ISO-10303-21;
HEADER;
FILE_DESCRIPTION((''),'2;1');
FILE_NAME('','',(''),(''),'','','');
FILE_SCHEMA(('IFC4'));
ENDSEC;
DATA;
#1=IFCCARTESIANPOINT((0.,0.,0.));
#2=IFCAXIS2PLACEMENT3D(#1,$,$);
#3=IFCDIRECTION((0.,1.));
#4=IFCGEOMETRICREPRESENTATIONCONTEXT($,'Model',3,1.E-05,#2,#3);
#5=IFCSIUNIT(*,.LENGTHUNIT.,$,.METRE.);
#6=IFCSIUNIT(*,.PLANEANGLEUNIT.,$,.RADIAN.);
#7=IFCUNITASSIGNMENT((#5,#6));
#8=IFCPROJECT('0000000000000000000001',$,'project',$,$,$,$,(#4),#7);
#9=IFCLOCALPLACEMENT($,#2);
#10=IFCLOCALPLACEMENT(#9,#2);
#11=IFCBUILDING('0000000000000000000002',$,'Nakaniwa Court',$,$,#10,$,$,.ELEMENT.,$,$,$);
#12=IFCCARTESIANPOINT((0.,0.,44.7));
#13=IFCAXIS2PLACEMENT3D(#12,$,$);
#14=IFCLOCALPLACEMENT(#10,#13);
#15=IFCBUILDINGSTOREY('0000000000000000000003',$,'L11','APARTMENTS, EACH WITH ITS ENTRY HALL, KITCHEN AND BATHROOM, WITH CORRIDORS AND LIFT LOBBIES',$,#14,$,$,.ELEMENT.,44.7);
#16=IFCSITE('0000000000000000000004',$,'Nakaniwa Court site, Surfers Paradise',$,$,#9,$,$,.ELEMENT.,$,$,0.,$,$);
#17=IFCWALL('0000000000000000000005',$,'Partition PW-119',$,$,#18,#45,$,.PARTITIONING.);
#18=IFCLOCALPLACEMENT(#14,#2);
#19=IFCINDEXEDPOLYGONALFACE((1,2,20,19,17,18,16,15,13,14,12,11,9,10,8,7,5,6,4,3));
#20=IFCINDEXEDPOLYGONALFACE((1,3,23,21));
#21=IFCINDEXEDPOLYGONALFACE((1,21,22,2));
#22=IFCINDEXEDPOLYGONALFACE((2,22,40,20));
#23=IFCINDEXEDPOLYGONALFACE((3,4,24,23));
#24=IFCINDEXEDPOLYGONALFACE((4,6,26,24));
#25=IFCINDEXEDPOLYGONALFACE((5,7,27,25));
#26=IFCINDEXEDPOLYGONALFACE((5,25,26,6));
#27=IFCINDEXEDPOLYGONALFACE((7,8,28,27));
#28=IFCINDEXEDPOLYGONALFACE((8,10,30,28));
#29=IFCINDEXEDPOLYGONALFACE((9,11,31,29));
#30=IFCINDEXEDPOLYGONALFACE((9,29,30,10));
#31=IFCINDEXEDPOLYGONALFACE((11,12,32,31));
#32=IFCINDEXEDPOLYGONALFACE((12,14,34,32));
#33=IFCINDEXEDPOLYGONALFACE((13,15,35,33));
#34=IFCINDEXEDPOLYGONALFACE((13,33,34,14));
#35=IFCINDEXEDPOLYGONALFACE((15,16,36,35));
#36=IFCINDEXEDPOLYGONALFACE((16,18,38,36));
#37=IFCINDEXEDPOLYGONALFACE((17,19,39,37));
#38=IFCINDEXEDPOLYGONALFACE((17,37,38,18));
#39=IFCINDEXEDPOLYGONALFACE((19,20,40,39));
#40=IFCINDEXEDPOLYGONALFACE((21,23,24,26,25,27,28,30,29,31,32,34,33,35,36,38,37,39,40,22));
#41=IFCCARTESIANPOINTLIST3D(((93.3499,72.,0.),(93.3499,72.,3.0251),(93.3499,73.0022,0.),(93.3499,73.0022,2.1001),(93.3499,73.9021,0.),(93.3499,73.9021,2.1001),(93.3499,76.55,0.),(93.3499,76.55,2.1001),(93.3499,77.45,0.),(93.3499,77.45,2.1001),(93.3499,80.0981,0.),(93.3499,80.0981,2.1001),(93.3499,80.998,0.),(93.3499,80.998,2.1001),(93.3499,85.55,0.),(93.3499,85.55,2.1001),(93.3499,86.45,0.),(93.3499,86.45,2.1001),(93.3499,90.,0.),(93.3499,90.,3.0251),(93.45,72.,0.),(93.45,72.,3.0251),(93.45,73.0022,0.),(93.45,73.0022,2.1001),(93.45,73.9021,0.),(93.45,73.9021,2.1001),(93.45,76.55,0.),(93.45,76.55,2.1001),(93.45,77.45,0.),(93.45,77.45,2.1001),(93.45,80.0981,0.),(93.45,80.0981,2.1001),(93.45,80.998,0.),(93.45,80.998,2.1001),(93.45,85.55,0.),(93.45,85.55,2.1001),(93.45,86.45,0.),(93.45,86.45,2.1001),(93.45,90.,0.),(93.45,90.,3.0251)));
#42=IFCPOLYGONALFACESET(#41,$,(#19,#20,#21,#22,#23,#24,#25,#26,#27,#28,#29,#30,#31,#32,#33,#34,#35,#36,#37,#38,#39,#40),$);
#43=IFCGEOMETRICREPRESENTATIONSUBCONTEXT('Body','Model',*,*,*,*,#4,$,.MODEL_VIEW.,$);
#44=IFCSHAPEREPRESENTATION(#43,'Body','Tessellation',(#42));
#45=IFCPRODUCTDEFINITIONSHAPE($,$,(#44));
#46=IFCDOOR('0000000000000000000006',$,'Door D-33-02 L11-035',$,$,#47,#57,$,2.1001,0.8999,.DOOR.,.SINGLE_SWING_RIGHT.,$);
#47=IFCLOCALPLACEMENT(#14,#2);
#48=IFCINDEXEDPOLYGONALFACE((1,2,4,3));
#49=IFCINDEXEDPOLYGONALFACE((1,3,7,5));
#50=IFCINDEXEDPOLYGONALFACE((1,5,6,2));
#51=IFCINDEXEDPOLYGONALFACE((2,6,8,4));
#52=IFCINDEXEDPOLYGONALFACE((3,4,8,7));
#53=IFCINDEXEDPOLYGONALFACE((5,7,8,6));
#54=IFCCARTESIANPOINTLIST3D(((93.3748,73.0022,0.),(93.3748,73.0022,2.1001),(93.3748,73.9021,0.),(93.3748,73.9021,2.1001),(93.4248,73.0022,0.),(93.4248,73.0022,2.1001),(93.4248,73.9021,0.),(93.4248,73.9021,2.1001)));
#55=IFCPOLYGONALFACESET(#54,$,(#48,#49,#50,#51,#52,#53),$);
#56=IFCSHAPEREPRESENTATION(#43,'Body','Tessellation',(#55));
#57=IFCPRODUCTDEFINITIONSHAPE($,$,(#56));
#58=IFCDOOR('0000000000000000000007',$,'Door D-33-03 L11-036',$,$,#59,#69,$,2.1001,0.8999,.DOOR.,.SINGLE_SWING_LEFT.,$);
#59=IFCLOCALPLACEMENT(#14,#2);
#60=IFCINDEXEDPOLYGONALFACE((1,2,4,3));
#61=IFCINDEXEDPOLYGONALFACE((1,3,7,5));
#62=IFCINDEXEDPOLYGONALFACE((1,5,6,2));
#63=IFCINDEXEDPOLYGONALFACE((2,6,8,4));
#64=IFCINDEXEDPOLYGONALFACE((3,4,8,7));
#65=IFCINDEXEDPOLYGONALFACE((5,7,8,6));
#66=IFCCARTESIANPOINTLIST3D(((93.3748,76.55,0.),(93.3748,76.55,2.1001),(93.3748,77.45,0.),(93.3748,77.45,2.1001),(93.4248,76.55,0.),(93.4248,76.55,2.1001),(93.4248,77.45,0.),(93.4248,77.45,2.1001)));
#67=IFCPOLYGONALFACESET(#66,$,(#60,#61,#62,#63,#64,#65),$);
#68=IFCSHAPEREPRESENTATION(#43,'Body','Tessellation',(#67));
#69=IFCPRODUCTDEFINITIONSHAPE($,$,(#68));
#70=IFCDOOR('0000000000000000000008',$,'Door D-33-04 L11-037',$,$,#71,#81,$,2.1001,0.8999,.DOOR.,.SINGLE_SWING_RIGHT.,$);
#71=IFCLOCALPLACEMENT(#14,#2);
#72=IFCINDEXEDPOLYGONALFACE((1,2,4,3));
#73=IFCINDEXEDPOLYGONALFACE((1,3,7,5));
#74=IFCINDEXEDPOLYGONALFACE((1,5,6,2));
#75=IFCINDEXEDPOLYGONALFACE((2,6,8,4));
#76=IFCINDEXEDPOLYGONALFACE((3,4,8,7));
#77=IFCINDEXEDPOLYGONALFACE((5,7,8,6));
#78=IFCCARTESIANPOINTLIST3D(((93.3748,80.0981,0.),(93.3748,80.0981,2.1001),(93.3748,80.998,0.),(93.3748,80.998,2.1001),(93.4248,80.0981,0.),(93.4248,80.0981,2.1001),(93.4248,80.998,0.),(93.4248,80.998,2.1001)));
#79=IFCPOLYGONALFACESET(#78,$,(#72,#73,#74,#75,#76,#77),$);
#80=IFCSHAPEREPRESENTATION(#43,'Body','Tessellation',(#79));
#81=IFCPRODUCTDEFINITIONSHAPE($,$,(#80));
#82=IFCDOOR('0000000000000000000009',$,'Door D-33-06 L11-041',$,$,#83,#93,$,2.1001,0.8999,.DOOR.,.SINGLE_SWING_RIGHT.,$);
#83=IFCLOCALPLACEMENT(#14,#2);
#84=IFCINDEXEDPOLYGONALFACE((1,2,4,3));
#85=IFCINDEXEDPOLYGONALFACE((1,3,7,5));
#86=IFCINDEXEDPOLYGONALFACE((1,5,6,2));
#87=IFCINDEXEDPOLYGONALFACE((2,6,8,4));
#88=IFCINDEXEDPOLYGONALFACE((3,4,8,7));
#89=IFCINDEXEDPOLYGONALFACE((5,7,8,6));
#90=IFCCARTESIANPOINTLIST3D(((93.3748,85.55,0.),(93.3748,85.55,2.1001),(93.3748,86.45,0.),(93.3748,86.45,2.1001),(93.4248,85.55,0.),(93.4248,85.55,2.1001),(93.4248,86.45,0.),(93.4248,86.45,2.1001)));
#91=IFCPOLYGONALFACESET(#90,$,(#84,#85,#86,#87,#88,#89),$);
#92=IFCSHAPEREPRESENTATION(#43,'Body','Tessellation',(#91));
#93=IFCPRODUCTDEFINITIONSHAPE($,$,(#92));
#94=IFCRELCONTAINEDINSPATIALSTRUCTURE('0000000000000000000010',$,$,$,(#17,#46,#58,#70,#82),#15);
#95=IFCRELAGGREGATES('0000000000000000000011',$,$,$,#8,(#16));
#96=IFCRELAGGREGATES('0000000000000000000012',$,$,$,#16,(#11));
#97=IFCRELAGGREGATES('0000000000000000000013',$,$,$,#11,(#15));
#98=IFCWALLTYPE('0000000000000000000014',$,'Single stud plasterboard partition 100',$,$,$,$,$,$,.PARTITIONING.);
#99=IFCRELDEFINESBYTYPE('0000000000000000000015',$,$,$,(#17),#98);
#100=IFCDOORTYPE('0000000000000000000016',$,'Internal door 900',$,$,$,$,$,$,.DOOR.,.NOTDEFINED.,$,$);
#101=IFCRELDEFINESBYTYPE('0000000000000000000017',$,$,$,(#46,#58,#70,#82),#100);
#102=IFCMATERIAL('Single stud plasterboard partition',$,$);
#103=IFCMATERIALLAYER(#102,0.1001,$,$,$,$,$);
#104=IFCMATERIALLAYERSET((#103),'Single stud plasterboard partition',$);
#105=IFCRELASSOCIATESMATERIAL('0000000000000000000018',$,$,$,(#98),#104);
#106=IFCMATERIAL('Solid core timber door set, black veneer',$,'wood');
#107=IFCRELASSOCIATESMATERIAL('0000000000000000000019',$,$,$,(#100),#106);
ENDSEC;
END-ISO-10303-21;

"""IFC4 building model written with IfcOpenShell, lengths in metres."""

from ifc_helpers import new_model, si_unit, direction, frame, frame_2d, origin, place, context, subcontext, project, spatial, rectangle, extrude, material, layer, layer_set, type_object, element, fill, save


model = new_model("IFC4")

# Units and contexts
model_context = context("Model", 3, precision=1e-05, world=origin(), true_north=direction((0.0, 1.0)))
body_context = subcontext(model_context, "Body", "Model", "MODEL_VIEW")
ifc_project = project(units=[si_unit("LENGTHUNIT", "METRE"), si_unit("PLANEANGLEUNIT", "RADIAN")], contexts=[model_context])

# Site, building, storey
site_placement = place(None, origin())
site = spatial("IfcSite", under=ifc_project, at=site_placement, Name="Nakaniwa Court site, Surfers Paradise", CompositionType="ELEMENT", RefElevation=0.0)
building_placement = place(site_placement, origin())
building = spatial("IfcBuilding", under=site, at=building_placement, Name="Nakaniwa Court", CompositionType="ELEMENT")
storey_placement = place(building_placement, frame((0.0, 0.0, 44.7)))
storey = spatial("IfcBuildingStorey", under=building, at=storey_placement, Name="L11", Description="APARTMENTS, EACH WITH ITS ENTRY HALL, KITCHEN AND BATHROOM, WITH CORRIDORS AND LIFT LOBBIES", CompositionType="ELEMENT", Elevation=44.7)

# Shared definitions
ifc_material_1 = material(Name="Single stud plasterboard partition")
ifc_layer_1 = layer(ifc_material_1, 0.1001)
ifc_layer_set_1 = layer_set([ifc_layer_1], Name="Single stud plasterboard partition")
wall_type_1 = type_object("IfcWallType", Name="Single stud plasterboard partition 100", PredefinedType="PARTITIONING", material=ifc_layer_set_1)
ifc_material_2 = material(Name="Solid core timber door set, black veneer", Category="wood")
door_type = type_object("IfcDoorType", Name="Internal door 900", OperationType="NOTDEFINED", PredefinedType="DOOR", material=ifc_material_2)

# Wall, openings, doors
wall_1_placement = place(storey_placement, frame((93.3999, 90.0, 0.0), z_axis=(0.0, 0.0, 1.0), x_axis=(0.0, -1.0, 0.0)))
wall_1 = element("IfcWall", 1, at=wall_1_placement, inside=storey, type_object=wall_type_1, Name="Partition PW-119", PredefinedType="PARTITIONING", context=body_context, shape_type="SweptSolid", body=[
    extrude(rectangle(XDim=18.0, YDim=0.1001, at=frame_2d((9.0, 0.0))), origin(), (0.0, 0.0, 1.0), 3.0251),
])
opening_1_placement = place(wall_1_placement, frame((16.0979, 0.0, 0.0)))
opening_1 = element("IfcOpeningElement", 2, at=opening_1_placement, cuts=wall_1, PredefinedType="OPENING", context=body_context, shape_type="SweptSolid", body=[
    extrude(rectangle(XDim=0.8999, YDim=2.1001, at=frame_2d((0.45, 1.05))), frame((0.0, 0.0601, 0.0), z_axis=(0.0, -1.0, 0.0), x_axis=(1.0, 0.0, 0.0)), (0.0, 0.0, 1.0), 0.1201),
])
opening_2_placement = place(wall_1_placement, frame((12.55, 0.0, 0.0)))
opening_2 = element("IfcOpeningElement", 3, at=opening_2_placement, cuts=wall_1, PredefinedType="OPENING", context=body_context, shape_type="SweptSolid", body=[
    extrude(rectangle(XDim=0.8999, YDim=2.1001, at=frame_2d((0.45, 1.05))), frame((0.0, 0.0601, 0.0), z_axis=(0.0, -1.0, 0.0), x_axis=(1.0, 0.0, 0.0)), (0.0, 0.0, 1.0), 0.1201),
])
opening_3_placement = place(wall_1_placement, frame((9.002, 0.0, 0.0)))
opening_3 = element("IfcOpeningElement", 4, at=opening_3_placement, cuts=wall_1, PredefinedType="OPENING", context=body_context, shape_type="SweptSolid", body=[
    extrude(rectangle(XDim=0.8999, YDim=2.1001, at=frame_2d((0.45, 1.05))), frame((0.0, 0.0601, 0.0), z_axis=(0.0, -1.0, 0.0), x_axis=(1.0, 0.0, 0.0)), (0.0, 0.0, 1.0), 0.1201),
])
opening_4_placement = place(wall_1_placement, frame((3.55, 0.0, 0.0)))
opening_4 = element("IfcOpeningElement", 5, at=opening_4_placement, cuts=wall_1, PredefinedType="OPENING", context=body_context, shape_type="SweptSolid", body=[
    extrude(rectangle(XDim=0.8999, YDim=2.1001, at=frame_2d((0.45, 1.05))), frame((0.0, 0.0601, 0.0), z_axis=(0.0, -1.0, 0.0), x_axis=(1.0, 0.0, 0.0)), (0.0, 0.0, 1.0), 0.1201),
])
door_1_placement = place(opening_1_placement, origin())
door_1 = element("IfcDoor", 6, at=door_1_placement, inside=storey, type_object=door_type, Name="Door D-33-02 L11-035", OperationType="SINGLE_SWING_RIGHT", OverallHeight=2.1001, OverallWidth=0.8999, PredefinedType="DOOR", context=body_context, shape_type="SweptSolid", body=[
    extrude(rectangle(XDim=0.8999, YDim=2.1001, at=frame_2d((0.45, 1.05))), frame((0.0, 0.0249, 0.0), z_axis=(0.0, -1.0, 0.0), x_axis=(1.0, 0.0, 0.0)), (0.0, 0.0, 1.0), 0.05),
])
fill(opening_1, door_1)
door_2_placement = place(opening_2_placement, origin())
door_2 = element("IfcDoor", 7, at=door_2_placement, inside=storey, type_object=door_type, Name="Door D-33-03 L11-036", OperationType="SINGLE_SWING_LEFT", OverallHeight=2.1001, OverallWidth=0.8999, PredefinedType="DOOR", context=body_context, shape_type="SweptSolid", body=[
    extrude(rectangle(XDim=0.8999, YDim=2.1001, at=frame_2d((0.45, 1.05))), frame((0.0, 0.0249, 0.0), z_axis=(0.0, -1.0, 0.0), x_axis=(1.0, 0.0, 0.0)), (0.0, 0.0, 1.0), 0.05),
])
fill(opening_2, door_2)
door_3_placement = place(opening_3_placement, origin())
door_3 = element("IfcDoor", 8, at=door_3_placement, inside=storey, type_object=door_type, Name="Door D-33-04 L11-037", OperationType="SINGLE_SWING_RIGHT", OverallHeight=2.1001, OverallWidth=0.8999, PredefinedType="DOOR", context=body_context, shape_type="SweptSolid", body=[
    extrude(rectangle(XDim=0.8999, YDim=2.1001, at=frame_2d((0.45, 1.05))), frame((0.0, 0.0249, 0.0), z_axis=(0.0, -1.0, 0.0), x_axis=(1.0, 0.0, 0.0)), (0.0, 0.0, 1.0), 0.05),
])
fill(opening_3, door_3)
door_4_placement = place(opening_4_placement, origin())
door_4 = element("IfcDoor", 9, at=door_4_placement, inside=storey, type_object=door_type, Name="Door D-33-06 L11-041", OperationType="SINGLE_SWING_RIGHT", OverallHeight=2.1001, OverallWidth=0.8999, PredefinedType="DOOR", context=body_context, shape_type="SweptSolid", body=[
    extrude(rectangle(XDim=0.8999, YDim=2.1001, at=frame_2d((0.45, 1.05))), frame((0.0, 0.0249, 0.0), z_axis=(0.0, -1.0, 0.0), x_axis=(1.0, 0.0, 0.0)), (0.0, 0.0, 1.0), 0.05),
])
fill(opening_4, door_4)

save(model, "model.ifc")
